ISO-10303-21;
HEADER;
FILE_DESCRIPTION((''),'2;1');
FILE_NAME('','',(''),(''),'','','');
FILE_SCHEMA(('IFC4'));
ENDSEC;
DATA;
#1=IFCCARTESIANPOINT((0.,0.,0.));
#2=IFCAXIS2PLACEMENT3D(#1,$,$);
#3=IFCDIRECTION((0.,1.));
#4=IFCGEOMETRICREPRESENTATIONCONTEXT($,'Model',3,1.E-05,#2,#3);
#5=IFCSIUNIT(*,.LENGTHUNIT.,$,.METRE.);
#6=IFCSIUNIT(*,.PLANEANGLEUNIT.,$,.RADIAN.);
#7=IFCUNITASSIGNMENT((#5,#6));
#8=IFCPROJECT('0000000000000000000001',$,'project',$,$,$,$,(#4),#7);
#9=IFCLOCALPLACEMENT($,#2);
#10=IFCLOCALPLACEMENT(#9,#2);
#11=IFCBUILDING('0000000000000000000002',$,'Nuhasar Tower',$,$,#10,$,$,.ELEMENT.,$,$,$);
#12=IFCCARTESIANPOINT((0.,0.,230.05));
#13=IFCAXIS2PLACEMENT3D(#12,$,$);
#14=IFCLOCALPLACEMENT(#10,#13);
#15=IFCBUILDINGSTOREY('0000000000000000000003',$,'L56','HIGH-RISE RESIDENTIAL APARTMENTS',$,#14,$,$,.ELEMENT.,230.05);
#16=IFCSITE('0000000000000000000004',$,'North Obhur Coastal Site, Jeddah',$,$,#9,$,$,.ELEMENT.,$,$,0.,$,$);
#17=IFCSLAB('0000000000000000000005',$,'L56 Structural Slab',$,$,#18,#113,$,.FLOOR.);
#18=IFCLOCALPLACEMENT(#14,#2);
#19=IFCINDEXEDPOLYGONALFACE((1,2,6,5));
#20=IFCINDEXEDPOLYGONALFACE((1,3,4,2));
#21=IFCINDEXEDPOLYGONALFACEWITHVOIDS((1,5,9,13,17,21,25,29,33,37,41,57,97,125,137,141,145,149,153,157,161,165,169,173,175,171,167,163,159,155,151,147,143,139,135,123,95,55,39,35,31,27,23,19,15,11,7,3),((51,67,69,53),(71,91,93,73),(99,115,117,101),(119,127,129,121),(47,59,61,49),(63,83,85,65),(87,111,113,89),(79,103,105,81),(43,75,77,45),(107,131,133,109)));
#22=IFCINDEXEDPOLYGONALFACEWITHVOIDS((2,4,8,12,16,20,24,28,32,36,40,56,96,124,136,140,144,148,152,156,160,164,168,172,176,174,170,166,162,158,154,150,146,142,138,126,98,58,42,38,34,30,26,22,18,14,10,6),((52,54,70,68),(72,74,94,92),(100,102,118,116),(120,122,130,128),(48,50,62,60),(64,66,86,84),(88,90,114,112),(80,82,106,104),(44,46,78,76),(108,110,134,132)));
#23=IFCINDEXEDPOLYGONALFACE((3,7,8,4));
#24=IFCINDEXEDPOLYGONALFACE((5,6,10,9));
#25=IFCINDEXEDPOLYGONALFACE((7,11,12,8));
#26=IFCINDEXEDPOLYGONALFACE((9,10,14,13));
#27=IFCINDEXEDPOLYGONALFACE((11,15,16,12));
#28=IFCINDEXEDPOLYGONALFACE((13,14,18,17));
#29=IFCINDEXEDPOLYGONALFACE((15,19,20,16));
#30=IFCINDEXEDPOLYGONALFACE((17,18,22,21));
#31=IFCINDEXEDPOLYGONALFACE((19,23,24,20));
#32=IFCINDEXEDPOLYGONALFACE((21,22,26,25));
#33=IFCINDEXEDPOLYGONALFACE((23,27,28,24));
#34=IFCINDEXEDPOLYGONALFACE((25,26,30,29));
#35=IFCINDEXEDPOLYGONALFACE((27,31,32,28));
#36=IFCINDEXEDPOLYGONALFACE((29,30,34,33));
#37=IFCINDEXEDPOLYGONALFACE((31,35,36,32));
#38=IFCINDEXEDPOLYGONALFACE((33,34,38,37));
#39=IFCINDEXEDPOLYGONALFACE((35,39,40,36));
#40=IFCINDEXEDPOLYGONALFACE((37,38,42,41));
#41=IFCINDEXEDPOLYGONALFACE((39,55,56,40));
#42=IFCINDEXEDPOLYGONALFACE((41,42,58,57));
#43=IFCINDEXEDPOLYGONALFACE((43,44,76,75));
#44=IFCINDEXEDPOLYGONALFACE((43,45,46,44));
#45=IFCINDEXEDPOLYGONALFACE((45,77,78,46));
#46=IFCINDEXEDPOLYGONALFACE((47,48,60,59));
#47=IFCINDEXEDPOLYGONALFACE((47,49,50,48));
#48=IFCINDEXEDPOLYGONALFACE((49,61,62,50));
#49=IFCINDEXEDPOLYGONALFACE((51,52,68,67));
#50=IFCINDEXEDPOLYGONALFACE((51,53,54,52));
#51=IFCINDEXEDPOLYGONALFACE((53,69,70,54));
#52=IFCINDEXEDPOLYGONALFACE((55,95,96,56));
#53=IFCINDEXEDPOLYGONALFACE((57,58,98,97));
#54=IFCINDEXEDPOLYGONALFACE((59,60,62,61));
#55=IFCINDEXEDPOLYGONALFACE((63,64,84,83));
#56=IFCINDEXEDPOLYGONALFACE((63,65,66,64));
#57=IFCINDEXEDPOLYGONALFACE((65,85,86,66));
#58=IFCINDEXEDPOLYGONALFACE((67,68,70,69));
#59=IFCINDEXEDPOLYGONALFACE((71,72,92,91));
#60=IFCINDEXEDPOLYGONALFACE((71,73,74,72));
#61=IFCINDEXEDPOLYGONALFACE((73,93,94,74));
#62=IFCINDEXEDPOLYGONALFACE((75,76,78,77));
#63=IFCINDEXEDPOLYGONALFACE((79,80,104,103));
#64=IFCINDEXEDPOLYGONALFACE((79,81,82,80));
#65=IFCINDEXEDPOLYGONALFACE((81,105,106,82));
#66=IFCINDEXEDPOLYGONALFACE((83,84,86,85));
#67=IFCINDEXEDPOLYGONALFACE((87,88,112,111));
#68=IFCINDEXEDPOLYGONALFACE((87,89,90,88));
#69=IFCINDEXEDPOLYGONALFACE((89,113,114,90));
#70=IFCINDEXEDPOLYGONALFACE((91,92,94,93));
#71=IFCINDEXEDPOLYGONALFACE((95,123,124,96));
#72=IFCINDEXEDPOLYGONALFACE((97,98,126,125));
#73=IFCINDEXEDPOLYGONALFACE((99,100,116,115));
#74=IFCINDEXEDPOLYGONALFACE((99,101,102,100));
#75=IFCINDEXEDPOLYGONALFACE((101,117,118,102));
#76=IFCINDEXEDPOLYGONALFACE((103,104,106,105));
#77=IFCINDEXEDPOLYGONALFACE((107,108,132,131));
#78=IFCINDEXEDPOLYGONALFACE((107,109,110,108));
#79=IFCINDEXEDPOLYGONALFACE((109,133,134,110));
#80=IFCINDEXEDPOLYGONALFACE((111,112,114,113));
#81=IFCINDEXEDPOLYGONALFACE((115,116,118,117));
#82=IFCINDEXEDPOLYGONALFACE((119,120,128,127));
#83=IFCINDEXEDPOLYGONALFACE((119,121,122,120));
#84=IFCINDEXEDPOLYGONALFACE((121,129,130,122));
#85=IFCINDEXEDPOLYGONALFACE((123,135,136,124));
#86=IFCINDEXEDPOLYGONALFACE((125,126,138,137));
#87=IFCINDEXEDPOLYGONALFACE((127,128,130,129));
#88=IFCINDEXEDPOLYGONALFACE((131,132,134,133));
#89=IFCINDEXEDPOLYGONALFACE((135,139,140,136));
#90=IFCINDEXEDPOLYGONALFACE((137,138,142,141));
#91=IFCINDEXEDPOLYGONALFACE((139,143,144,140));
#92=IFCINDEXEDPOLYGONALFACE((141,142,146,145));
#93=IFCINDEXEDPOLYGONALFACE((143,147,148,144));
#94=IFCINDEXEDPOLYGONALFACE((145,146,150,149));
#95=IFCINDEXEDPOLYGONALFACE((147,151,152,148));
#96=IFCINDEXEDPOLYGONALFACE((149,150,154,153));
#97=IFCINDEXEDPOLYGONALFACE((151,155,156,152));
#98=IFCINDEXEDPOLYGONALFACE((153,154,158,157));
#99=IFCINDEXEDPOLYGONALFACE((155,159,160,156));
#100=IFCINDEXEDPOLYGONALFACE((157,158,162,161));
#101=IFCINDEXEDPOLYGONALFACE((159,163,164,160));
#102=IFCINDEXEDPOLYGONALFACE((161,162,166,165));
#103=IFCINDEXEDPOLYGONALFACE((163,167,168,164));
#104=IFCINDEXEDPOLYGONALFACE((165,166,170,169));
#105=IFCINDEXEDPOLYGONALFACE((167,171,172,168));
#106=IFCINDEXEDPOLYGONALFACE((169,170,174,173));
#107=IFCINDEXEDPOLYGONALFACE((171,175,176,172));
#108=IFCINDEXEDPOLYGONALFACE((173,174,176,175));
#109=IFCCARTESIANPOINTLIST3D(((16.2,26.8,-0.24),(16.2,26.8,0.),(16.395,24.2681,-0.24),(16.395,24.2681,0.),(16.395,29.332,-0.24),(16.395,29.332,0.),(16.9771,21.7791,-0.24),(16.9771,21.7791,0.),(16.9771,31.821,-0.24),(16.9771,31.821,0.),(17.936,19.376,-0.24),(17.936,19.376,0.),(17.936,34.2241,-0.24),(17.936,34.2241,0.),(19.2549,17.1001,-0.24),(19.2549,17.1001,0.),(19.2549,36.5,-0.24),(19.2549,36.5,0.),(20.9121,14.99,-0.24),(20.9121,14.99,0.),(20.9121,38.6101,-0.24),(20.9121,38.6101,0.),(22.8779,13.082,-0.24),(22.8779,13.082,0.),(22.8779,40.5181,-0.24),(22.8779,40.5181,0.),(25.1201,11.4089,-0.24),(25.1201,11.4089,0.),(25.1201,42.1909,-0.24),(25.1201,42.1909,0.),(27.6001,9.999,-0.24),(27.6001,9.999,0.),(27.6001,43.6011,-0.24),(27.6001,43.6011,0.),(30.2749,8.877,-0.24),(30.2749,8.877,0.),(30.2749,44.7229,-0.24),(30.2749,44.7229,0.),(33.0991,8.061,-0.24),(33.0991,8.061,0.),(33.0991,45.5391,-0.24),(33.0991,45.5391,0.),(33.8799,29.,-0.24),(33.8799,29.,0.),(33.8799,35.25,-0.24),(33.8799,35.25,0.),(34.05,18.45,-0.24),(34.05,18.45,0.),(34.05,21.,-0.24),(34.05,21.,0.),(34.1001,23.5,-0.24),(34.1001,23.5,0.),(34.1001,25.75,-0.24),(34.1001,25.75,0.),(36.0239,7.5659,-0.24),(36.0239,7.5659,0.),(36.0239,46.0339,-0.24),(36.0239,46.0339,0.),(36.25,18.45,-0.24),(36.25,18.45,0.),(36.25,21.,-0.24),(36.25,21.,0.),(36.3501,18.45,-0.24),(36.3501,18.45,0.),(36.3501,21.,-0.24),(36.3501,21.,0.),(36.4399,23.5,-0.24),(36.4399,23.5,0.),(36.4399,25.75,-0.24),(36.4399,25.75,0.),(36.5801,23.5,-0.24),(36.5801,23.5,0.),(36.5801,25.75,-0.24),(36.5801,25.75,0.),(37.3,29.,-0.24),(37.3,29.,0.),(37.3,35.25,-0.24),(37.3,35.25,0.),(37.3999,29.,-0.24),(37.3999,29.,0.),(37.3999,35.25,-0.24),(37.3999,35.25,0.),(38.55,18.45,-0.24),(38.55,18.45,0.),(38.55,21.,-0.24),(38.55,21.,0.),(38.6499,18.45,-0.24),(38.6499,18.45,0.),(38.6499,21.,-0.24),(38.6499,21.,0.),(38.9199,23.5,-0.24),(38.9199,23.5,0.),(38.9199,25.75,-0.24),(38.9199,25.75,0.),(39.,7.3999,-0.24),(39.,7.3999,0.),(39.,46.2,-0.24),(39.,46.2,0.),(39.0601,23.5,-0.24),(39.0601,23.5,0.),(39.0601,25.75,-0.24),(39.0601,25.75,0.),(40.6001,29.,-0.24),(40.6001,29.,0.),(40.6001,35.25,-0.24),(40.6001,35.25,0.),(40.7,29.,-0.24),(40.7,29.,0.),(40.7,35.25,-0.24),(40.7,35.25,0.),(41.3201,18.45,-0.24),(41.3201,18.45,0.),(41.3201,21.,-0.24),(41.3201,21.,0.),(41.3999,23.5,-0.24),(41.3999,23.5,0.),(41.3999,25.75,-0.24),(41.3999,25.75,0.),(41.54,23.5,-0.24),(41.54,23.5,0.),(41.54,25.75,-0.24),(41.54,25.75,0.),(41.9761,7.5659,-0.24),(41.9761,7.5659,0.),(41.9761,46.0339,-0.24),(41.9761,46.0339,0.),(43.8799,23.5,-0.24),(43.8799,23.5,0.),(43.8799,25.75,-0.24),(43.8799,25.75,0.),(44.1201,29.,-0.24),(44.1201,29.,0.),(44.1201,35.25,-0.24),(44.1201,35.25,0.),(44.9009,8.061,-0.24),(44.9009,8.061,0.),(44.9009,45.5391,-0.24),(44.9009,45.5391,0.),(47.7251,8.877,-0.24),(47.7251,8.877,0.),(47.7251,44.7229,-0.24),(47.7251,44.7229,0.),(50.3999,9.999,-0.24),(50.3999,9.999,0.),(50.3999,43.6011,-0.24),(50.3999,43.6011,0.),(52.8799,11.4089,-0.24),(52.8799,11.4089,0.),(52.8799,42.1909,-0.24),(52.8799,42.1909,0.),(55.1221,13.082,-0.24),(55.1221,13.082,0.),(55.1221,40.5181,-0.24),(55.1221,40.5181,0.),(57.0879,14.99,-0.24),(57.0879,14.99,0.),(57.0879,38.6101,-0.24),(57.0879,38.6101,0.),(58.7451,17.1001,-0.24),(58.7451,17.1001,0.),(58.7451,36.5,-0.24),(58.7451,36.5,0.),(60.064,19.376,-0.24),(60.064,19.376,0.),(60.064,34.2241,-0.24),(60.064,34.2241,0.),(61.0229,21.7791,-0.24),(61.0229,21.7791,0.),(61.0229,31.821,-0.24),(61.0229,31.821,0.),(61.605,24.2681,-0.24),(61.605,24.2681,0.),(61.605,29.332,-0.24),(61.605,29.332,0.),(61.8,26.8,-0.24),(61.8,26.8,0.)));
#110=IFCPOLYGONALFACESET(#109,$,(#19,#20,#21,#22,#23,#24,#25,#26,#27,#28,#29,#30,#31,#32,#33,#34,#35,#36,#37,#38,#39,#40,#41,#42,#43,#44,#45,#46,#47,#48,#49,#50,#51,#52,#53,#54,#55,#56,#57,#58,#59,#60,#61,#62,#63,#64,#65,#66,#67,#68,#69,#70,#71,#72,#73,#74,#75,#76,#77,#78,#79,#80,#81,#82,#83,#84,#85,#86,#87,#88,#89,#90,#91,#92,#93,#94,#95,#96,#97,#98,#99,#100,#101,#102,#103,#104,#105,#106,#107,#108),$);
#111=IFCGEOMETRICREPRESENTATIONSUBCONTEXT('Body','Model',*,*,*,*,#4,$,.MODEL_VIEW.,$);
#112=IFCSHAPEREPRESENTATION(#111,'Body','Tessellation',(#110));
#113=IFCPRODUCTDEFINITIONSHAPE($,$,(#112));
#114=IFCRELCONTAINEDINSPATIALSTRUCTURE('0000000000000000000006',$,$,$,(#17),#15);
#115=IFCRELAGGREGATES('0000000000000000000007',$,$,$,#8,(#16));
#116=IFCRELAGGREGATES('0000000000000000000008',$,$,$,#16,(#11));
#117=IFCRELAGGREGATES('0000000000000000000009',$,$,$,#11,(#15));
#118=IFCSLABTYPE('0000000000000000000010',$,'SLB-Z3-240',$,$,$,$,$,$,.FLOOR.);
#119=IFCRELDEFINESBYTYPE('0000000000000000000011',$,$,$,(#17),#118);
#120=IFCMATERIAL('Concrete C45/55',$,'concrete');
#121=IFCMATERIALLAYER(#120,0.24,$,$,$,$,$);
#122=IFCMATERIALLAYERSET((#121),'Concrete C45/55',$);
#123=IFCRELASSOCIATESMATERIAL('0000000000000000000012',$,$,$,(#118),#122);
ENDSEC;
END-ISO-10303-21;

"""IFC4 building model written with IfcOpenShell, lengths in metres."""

from ifc_helpers import new_model, si_unit, direction, frame, origin, place, context, subcontext, project, spatial, polyline, outline, extrude, material, layer, layer_set, type_object, element, save


model = new_model("IFC4")

# Units and contexts
model_context = context("Model", 3, precision=1e-05, world=origin(), true_north=direction((0.0, 1.0)))
body_context = subcontext(model_context, "Body", "Model", "MODEL_VIEW")
ifc_project = project(units=[si_unit("LENGTHUNIT", "METRE"), si_unit("PLANEANGLEUNIT", "RADIAN")], contexts=[model_context])

# Site, building, storey
site_placement = place(None, origin())
site = spatial("IfcSite", under=ifc_project, at=site_placement, Name="North Obhur Coastal Site, Jeddah", CompositionType="ELEMENT", RefElevation=0.0)
building_placement = place(site_placement, origin())
building = spatial("IfcBuilding", under=site, at=building_placement, Name="Nuhasar Tower", CompositionType="ELEMENT")
storey_placement = place(building_placement, frame((0.0, 0.0, 230.05)))
storey = spatial("IfcBuildingStorey", under=building, at=storey_placement, Name="L56", Description="HIGH-RISE RESIDENTIAL APARTMENTS", CompositionType="ELEMENT", Elevation=230.05)

# Shared definitions
ifc_material_1 = material(Name="Concrete C45/55", Category="concrete")

# Slab
ifc_layer_1 = layer(ifc_material_1, 0.24)
ifc_layer_set_1 = layer_set([ifc_layer_1], Name="Concrete C45/55")
slab_type_1 = type_object("IfcSlabType", Name="SLB-Z3-240", PredefinedType="FLOOR", material=ifc_layer_set_1)
slab_1_placement = place(storey_placement, frame((0.0, 0.0, -0.24)))
element("IfcSlab", 1, at=slab_1_placement, inside=storey, type_object=slab_type_1, Name="L56 Structural Slab", PredefinedType="FLOOR", context=body_context, shape_type="SweptSolid", body=[
    extrude(outline(polyline([(61.8, 26.8), (61.605, 29.332), (61.0229, 31.821), (60.064, 34.2241), (58.7451, 36.5), (57.0879, 38.6101), (55.1221, 40.5181), (52.8799, 42.1909), (50.3999, 43.6011), (47.7251, 44.7229), (44.9009, 45.5391), (41.9761, 46.0339), (39.0, 46.2), (36.0239, 46.0339), (33.0991, 45.5391), (30.2749, 44.7229), (27.6001, 43.6011), (25.1201, 42.1909), (22.8779, 40.5181), (20.9121, 38.6101), (19.2549, 36.5), (17.936, 34.2241), (16.9771, 31.821), (16.395, 29.332), (16.2, 26.8), (16.395, 24.2681), (16.9771, 21.7791), (17.936, 19.376), (19.2549, 17.1001), (20.9121, 14.99), (22.8779, 13.082), (25.1201, 11.4089), (27.6001, 9.999), (30.2749, 8.877), (33.0991, 8.061), (36.0239, 7.5659), (39.0, 7.3999), (41.9761, 7.5659), (44.9009, 8.061), (47.7251, 8.877), (50.3999, 9.999), (52.8799, 11.4089), (55.1221, 13.082), (57.0879, 14.99), (58.7451, 17.1001), (60.064, 19.376), (61.0229, 21.7791), (61.605, 24.2681), (61.8, 26.8)]), holes=[polyline([(33.8799, 35.25), (37.3, 35.25), (37.3, 29.0), (33.8799, 29.0), (33.8799, 35.25)]), polyline([(37.3999, 35.25), (40.6001, 35.25), (40.6001, 29.0), (37.3999, 29.0), (37.3999, 35.25)]), polyline([(40.7, 35.25), (44.1201, 35.25), (44.1201, 29.0), (40.7, 29.0), (40.7, 35.25)]), polyline([(34.1001, 25.75), (36.4399, 25.75), (36.4399, 23.5), (34.1001, 23.5), (34.1001, 25.75)]), polyline([(36.5801, 25.75), (38.9199, 25.75), (38.9199, 23.5), (36.5801, 23.5), (36.5801, 25.75)]), polyline([(39.0601, 25.75), (41.3999, 25.75), (41.3999, 23.5), (39.0601, 23.5), (39.0601, 25.75)]), polyline([(41.54, 25.75), (43.8799, 25.75), (43.8799, 23.5), (41.54, 23.5), (41.54, 25.75)]), polyline([(34.05, 21.0), (36.25, 21.0), (36.25, 18.45), (34.05, 18.45), (34.05, 21.0)]), polyline([(36.3501, 21.0), (38.55, 21.0), (38.55, 18.45), (36.3501, 18.45), (36.3501, 21.0)]), polyline([(38.6499, 21.0), (41.3201, 21.0), (41.3201, 18.45), (38.6499, 18.45), (38.6499, 21.0)])]), origin(), (0.0, 0.0, 1.0), 0.24),
])

save(model, "model.ifc")
